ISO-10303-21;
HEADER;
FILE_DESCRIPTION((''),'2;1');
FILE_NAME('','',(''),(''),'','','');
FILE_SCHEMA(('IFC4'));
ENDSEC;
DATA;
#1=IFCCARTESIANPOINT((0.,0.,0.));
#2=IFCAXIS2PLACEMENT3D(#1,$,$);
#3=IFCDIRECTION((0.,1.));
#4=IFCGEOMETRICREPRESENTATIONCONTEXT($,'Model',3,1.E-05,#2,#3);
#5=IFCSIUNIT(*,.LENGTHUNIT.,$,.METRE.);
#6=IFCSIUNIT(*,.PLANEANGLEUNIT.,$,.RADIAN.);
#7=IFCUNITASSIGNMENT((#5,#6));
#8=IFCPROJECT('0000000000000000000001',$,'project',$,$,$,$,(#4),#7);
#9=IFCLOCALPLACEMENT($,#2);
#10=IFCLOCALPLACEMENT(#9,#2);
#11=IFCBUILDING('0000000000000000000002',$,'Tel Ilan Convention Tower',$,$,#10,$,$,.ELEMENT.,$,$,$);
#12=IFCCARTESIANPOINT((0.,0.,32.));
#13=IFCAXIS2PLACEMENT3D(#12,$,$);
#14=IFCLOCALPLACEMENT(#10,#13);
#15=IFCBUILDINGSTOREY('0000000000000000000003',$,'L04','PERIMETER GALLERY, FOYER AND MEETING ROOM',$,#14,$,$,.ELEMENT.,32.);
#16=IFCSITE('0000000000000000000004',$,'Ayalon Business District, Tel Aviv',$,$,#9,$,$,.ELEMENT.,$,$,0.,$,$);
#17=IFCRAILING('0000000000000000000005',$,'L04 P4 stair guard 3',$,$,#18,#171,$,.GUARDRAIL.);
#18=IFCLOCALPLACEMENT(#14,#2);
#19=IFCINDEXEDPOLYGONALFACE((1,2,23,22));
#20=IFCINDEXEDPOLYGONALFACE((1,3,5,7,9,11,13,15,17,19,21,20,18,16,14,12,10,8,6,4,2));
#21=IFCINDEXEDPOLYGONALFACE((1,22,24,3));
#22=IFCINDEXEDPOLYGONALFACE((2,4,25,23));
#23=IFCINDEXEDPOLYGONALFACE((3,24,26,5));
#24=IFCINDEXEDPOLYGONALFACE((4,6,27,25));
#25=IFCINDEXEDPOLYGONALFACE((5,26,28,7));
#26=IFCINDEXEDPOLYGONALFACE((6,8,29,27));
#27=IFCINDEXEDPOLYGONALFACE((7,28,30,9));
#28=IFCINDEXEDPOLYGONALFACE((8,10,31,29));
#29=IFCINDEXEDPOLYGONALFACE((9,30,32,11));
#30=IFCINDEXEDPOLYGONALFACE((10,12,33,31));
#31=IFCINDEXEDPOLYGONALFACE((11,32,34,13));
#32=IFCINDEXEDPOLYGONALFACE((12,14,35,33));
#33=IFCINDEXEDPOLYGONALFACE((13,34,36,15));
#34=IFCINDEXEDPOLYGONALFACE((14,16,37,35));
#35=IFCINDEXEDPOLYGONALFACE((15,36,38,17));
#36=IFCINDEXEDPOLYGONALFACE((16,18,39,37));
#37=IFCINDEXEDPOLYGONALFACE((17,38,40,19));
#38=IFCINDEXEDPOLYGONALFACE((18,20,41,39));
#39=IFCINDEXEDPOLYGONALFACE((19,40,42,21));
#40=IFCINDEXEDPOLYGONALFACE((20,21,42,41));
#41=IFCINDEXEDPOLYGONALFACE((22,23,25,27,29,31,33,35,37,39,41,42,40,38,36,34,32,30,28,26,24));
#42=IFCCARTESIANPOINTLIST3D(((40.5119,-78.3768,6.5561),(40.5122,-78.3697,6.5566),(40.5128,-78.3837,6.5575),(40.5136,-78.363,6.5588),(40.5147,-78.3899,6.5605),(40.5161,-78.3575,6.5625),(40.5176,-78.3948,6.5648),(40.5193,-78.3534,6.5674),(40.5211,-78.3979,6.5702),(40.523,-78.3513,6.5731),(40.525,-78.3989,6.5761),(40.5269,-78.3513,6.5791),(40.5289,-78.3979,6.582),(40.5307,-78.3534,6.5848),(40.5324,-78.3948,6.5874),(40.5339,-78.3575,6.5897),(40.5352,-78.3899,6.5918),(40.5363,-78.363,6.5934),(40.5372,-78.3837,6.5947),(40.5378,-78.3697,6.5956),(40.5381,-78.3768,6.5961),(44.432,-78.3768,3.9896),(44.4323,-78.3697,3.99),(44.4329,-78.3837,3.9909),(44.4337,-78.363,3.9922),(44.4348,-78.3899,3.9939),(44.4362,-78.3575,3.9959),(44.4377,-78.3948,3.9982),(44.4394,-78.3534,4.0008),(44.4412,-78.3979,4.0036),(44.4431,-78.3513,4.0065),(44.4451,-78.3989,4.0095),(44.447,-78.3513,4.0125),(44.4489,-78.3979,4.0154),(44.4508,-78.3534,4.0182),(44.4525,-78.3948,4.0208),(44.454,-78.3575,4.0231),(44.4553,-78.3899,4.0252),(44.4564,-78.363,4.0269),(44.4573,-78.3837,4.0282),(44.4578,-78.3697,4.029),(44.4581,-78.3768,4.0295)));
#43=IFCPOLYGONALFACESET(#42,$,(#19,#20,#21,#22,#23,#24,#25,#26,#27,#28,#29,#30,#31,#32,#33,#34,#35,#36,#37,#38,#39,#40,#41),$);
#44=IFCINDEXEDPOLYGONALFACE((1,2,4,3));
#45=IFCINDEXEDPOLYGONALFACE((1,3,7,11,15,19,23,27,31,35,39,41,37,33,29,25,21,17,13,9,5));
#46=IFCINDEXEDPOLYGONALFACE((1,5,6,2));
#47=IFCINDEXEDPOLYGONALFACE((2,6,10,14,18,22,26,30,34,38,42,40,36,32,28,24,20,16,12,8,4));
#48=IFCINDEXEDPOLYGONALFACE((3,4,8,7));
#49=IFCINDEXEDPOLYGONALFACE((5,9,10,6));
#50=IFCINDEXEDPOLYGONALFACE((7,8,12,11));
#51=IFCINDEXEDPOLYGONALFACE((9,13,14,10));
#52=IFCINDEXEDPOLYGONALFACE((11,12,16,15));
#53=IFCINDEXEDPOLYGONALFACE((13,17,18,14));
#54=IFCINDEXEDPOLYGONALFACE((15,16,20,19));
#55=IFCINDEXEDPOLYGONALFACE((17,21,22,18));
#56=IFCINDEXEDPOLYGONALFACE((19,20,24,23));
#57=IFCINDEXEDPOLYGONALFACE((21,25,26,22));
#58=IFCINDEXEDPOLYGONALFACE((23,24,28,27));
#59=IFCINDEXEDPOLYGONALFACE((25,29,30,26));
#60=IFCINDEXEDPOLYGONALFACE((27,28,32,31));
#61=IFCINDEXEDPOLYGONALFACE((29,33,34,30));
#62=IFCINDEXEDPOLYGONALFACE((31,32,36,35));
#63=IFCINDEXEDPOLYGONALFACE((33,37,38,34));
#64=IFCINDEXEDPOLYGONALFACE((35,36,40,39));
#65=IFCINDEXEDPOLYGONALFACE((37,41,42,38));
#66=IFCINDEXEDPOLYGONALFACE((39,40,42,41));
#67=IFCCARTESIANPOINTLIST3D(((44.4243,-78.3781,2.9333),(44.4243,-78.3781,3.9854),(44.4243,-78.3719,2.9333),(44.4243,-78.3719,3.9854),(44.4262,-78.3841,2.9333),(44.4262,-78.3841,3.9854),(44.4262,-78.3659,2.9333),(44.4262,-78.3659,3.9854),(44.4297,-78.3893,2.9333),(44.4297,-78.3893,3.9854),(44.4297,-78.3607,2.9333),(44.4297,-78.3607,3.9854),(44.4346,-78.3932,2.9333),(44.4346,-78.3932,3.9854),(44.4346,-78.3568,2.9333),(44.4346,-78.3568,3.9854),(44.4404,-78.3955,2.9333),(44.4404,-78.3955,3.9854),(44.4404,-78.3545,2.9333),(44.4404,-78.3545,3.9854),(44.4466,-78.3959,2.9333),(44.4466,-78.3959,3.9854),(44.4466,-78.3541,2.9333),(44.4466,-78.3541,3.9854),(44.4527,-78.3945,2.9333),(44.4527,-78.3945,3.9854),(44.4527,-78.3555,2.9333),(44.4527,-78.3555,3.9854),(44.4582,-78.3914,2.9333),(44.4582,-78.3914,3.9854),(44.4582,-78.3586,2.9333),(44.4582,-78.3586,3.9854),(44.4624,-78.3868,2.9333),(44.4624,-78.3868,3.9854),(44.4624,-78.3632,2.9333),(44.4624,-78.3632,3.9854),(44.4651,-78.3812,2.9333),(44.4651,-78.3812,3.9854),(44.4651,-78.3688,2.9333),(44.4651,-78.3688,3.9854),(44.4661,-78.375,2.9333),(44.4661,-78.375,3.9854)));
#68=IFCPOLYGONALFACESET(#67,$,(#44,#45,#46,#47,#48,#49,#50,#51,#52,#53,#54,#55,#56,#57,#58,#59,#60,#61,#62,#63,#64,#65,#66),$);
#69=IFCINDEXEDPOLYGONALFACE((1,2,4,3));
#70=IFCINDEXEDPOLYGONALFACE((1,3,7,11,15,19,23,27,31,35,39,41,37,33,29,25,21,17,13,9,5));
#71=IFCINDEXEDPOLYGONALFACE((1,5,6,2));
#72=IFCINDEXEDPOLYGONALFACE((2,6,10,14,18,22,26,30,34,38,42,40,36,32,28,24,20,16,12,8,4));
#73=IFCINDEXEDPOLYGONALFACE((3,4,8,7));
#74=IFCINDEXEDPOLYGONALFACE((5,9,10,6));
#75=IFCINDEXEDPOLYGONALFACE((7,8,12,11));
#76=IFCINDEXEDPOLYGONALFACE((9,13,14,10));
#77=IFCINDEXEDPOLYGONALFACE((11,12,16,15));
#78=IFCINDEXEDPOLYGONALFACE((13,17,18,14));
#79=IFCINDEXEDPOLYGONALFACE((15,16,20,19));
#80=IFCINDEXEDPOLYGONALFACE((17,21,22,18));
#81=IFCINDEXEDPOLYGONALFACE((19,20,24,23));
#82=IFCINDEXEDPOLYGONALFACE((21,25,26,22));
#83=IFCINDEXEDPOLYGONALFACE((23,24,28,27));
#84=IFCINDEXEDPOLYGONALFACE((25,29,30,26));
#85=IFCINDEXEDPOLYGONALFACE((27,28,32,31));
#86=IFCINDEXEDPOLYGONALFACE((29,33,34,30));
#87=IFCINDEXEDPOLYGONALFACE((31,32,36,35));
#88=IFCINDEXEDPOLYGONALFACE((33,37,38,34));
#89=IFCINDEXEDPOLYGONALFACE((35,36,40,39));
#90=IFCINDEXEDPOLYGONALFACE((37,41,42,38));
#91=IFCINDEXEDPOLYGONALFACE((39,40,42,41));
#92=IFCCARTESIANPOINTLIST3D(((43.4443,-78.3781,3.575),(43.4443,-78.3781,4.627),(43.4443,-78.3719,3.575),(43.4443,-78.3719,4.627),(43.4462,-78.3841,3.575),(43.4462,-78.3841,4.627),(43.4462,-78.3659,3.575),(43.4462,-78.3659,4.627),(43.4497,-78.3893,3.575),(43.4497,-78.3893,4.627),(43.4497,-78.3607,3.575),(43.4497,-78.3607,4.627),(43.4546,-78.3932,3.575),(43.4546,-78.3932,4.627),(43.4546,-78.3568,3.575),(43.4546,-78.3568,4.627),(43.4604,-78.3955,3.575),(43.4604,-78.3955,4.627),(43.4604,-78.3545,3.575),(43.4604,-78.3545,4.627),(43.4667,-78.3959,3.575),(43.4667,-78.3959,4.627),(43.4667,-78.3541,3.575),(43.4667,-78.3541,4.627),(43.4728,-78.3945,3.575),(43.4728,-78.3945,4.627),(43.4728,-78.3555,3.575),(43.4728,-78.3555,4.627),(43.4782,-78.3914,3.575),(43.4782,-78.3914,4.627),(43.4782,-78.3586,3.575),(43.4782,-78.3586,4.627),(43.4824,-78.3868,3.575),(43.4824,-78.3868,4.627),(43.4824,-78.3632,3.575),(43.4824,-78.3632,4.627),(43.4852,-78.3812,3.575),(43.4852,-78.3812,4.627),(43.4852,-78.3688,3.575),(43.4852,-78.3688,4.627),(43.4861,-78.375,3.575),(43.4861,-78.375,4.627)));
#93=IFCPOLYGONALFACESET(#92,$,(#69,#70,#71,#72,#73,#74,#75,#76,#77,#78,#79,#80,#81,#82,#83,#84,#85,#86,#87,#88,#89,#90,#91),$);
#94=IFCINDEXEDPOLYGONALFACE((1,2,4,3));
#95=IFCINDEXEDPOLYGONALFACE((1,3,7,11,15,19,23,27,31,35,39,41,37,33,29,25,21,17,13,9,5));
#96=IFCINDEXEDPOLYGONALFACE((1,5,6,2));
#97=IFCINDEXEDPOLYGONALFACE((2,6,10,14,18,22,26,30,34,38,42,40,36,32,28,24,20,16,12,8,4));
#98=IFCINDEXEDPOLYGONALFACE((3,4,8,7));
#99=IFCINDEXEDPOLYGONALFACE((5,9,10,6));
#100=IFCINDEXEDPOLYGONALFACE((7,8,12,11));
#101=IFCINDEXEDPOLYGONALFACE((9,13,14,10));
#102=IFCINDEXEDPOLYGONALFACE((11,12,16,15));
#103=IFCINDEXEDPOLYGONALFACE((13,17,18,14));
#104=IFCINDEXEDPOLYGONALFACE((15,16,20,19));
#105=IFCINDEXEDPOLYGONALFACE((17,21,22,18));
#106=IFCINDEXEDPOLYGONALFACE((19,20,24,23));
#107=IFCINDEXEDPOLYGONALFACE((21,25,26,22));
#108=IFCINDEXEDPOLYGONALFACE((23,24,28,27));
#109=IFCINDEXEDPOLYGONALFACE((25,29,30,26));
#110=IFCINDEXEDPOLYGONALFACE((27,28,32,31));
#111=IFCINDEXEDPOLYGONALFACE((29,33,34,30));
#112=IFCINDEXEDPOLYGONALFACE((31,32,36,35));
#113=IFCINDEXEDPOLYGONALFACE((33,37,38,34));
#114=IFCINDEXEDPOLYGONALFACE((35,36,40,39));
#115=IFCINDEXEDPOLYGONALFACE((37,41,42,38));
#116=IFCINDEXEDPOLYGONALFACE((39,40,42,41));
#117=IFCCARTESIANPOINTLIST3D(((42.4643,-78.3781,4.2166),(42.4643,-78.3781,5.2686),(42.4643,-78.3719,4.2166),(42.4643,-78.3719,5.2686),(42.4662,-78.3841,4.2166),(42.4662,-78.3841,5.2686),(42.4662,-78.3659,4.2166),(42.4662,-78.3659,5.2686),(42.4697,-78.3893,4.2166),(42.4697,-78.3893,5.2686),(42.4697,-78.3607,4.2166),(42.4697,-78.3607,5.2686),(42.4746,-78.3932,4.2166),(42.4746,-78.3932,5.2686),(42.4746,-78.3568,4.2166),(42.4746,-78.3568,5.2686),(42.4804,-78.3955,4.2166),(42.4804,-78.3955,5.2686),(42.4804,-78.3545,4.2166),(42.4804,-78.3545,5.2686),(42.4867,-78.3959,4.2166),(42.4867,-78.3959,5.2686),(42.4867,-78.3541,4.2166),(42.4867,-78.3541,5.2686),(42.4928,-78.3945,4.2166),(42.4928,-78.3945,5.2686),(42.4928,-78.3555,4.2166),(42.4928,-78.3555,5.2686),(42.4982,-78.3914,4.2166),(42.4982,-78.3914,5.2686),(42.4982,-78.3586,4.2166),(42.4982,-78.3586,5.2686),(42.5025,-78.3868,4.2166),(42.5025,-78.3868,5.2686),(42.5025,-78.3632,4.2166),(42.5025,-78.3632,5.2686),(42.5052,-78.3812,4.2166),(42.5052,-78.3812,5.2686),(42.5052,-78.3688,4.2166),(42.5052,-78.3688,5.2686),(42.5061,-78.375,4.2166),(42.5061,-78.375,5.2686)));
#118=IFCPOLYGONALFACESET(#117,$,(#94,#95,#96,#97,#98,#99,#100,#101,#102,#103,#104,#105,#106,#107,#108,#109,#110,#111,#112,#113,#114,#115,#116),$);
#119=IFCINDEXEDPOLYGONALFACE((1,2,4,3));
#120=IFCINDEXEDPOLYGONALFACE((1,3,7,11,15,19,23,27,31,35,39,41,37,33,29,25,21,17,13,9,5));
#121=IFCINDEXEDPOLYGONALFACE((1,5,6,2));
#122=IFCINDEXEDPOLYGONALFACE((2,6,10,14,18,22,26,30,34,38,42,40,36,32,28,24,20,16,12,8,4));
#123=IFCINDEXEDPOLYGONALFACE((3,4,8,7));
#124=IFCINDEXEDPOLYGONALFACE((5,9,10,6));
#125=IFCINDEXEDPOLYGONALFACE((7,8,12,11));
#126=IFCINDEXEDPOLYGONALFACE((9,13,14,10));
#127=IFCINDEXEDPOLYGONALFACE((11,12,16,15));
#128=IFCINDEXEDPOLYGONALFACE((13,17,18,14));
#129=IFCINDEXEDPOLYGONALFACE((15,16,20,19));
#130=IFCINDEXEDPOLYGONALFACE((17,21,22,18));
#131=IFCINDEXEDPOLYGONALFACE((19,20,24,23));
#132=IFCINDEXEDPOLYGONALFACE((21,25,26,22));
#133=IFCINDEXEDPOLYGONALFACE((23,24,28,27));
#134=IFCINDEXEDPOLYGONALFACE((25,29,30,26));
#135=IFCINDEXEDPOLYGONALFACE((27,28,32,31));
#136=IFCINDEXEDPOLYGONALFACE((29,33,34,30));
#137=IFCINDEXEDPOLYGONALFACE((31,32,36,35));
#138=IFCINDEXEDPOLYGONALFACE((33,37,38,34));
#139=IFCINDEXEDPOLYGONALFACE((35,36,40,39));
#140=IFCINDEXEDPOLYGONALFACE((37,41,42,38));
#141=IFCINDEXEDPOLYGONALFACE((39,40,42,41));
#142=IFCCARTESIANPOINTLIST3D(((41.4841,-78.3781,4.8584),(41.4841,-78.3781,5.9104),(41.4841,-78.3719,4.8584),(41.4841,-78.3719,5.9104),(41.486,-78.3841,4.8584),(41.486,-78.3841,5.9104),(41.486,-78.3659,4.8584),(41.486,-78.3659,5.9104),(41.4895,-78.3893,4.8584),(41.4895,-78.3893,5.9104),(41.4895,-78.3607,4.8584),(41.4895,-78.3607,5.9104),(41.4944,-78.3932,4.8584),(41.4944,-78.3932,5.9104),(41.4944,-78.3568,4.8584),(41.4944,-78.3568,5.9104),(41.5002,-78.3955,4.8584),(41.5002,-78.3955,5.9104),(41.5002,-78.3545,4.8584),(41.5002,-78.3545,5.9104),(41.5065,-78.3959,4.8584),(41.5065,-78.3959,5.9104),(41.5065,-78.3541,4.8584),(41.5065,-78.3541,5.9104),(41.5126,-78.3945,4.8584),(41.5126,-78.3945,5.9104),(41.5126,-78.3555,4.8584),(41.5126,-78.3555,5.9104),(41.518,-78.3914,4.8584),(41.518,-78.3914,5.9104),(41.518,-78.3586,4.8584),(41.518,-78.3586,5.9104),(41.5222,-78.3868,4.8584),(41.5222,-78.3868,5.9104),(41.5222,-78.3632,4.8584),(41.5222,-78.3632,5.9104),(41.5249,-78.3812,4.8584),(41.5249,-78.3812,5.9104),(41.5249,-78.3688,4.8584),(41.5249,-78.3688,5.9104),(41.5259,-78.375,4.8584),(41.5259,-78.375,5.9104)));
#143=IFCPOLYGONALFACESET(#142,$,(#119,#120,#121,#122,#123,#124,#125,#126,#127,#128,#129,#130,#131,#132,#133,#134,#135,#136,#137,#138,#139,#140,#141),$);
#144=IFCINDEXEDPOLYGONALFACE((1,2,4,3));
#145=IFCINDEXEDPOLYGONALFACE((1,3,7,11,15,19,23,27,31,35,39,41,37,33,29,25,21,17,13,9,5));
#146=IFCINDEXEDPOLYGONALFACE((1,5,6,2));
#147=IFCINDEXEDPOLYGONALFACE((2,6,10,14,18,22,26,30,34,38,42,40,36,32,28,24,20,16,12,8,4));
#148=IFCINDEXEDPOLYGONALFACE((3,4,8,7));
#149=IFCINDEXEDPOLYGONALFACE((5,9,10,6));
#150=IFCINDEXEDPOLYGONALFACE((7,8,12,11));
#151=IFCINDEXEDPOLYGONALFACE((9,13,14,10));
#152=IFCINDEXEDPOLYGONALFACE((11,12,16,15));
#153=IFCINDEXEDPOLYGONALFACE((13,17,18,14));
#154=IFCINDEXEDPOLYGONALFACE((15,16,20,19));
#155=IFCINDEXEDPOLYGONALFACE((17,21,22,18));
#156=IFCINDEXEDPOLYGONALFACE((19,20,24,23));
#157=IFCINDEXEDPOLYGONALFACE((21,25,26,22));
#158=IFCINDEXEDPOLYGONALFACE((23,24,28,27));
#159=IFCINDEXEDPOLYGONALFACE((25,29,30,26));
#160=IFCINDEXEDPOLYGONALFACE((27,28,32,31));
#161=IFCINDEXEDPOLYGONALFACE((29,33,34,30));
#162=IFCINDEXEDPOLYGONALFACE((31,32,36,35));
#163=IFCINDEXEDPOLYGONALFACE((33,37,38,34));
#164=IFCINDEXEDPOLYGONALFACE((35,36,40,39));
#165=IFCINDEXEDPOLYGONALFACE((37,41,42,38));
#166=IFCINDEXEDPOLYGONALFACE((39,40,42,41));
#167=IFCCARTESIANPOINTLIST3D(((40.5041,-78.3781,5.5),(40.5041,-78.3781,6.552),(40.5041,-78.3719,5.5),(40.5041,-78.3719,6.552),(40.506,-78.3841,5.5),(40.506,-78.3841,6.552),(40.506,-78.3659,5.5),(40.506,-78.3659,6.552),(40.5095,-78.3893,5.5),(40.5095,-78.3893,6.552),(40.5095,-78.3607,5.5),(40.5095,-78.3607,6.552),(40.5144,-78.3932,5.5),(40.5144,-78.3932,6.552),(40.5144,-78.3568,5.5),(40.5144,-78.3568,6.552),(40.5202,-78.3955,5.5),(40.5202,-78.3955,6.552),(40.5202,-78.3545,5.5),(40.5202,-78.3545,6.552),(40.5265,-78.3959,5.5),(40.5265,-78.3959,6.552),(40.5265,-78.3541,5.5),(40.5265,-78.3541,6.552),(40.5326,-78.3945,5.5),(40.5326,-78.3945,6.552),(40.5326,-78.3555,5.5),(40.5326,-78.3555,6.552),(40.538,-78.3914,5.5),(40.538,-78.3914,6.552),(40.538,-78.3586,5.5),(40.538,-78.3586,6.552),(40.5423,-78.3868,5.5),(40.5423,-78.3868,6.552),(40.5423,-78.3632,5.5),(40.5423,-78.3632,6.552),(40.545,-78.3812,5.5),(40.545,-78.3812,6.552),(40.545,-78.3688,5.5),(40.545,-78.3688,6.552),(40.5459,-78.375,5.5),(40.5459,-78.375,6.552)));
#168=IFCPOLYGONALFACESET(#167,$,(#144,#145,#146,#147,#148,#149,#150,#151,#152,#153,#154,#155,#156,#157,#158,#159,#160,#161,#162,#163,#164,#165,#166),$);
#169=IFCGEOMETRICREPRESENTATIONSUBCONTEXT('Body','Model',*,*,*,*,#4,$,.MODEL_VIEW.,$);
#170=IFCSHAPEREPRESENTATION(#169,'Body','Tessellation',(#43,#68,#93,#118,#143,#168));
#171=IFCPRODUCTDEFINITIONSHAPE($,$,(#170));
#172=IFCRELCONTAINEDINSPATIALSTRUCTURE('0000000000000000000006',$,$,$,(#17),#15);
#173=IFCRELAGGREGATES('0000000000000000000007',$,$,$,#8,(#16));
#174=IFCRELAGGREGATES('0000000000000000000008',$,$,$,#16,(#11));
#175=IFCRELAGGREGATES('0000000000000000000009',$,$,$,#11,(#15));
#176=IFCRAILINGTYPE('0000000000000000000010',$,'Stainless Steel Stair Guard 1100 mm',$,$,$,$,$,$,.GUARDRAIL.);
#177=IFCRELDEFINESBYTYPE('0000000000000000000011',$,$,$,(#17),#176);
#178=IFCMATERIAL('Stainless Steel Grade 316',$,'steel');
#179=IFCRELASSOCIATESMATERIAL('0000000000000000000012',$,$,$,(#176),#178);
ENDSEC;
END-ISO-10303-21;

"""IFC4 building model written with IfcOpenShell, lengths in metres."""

from ifc_helpers import new_model, si_unit, direction, frame, origin, origin_2d, place, context, subcontext, project, spatial, circle, extrude, material, type_object, element, save


model = new_model("IFC4")

# Units and contexts
model_context = context("Model", 3, precision=1e-05, world=origin(), true_north=direction((0.0, 1.0)))
body_context = subcontext(model_context, "Body", "Model", "MODEL_VIEW")
ifc_project = project(units=[si_unit("LENGTHUNIT", "METRE"), si_unit("PLANEANGLEUNIT", "RADIAN")], contexts=[model_context])

# Site, building, storey
site_placement = place(None, origin())
site = spatial("IfcSite", under=ifc_project, at=site_placement, Name="Ayalon Business District, Tel Aviv", CompositionType="ELEMENT", RefElevation=0.0)
building_placement = place(site_placement, origin())
building = spatial("IfcBuilding", under=site, at=building_placement, Name="Tel Ilan Convention Tower", CompositionType="ELEMENT")
storey_placement = place(building_placement, frame((0.0, 0.0, 32.0)))
storey = spatial("IfcBuildingStorey", under=building, at=storey_placement, Name="L04", Description="PERIMETER GALLERY, FOYER AND MEETING ROOM", CompositionType="ELEMENT", Elevation=32.0)

# Railing
ifc_material_1 = material(Name="Stainless Steel Grade 316", Category="steel")
railing_type_1 = type_object("IfcRailingType", Name="Stainless Steel Stair Guard 1100 mm", PredefinedType="GUARDRAIL", material=ifc_material_1)
railing_1_placement = place(storey_placement, frame((44.4451, -78.375, 2.9333)))
element("IfcRailing", 1, at=railing_1_placement, inside=storey, type_object=railing_type_1, Name="L04 P4 stair guard 3", PredefinedType="GUARDRAIL", context=body_context, shape_type="SweptSolid", body=[
    extrude(circle(Radius=0.0239, at=origin_2d()), frame((0.0, 0.0, 1.0762), z_axis=(-0.836631, 0.0, 0.547767), x_axis=(0.0, -1.0, 0.0)), (0.0, 0.0, 1.0), 4.6855),
    extrude(circle(Radius=0.021, at=origin_2d()), origin(), (0.0, 0.0, 1.0), 1.052),
    extrude(circle(Radius=0.021, at=origin_2d()), frame((-0.98, 0.0, 0.6416)), (0.0, 0.0, 1.0), 1.052),
    extrude(circle(Radius=0.021, at=origin_2d()), frame((-1.96, 0.0, 1.2832)), (0.0, 0.0, 1.0), 1.052),
    extrude(circle(Radius=0.021, at=origin_2d()), frame((-2.9402, 0.0, 1.925)), (0.0, 0.0, 1.0), 1.052),
    extrude(circle(Radius=0.021, at=origin_2d()), frame((-3.9202, 0.0, 2.5667)), (0.0, 0.0, 1.0), 1.052),
])

save(model, "model.ifc")
